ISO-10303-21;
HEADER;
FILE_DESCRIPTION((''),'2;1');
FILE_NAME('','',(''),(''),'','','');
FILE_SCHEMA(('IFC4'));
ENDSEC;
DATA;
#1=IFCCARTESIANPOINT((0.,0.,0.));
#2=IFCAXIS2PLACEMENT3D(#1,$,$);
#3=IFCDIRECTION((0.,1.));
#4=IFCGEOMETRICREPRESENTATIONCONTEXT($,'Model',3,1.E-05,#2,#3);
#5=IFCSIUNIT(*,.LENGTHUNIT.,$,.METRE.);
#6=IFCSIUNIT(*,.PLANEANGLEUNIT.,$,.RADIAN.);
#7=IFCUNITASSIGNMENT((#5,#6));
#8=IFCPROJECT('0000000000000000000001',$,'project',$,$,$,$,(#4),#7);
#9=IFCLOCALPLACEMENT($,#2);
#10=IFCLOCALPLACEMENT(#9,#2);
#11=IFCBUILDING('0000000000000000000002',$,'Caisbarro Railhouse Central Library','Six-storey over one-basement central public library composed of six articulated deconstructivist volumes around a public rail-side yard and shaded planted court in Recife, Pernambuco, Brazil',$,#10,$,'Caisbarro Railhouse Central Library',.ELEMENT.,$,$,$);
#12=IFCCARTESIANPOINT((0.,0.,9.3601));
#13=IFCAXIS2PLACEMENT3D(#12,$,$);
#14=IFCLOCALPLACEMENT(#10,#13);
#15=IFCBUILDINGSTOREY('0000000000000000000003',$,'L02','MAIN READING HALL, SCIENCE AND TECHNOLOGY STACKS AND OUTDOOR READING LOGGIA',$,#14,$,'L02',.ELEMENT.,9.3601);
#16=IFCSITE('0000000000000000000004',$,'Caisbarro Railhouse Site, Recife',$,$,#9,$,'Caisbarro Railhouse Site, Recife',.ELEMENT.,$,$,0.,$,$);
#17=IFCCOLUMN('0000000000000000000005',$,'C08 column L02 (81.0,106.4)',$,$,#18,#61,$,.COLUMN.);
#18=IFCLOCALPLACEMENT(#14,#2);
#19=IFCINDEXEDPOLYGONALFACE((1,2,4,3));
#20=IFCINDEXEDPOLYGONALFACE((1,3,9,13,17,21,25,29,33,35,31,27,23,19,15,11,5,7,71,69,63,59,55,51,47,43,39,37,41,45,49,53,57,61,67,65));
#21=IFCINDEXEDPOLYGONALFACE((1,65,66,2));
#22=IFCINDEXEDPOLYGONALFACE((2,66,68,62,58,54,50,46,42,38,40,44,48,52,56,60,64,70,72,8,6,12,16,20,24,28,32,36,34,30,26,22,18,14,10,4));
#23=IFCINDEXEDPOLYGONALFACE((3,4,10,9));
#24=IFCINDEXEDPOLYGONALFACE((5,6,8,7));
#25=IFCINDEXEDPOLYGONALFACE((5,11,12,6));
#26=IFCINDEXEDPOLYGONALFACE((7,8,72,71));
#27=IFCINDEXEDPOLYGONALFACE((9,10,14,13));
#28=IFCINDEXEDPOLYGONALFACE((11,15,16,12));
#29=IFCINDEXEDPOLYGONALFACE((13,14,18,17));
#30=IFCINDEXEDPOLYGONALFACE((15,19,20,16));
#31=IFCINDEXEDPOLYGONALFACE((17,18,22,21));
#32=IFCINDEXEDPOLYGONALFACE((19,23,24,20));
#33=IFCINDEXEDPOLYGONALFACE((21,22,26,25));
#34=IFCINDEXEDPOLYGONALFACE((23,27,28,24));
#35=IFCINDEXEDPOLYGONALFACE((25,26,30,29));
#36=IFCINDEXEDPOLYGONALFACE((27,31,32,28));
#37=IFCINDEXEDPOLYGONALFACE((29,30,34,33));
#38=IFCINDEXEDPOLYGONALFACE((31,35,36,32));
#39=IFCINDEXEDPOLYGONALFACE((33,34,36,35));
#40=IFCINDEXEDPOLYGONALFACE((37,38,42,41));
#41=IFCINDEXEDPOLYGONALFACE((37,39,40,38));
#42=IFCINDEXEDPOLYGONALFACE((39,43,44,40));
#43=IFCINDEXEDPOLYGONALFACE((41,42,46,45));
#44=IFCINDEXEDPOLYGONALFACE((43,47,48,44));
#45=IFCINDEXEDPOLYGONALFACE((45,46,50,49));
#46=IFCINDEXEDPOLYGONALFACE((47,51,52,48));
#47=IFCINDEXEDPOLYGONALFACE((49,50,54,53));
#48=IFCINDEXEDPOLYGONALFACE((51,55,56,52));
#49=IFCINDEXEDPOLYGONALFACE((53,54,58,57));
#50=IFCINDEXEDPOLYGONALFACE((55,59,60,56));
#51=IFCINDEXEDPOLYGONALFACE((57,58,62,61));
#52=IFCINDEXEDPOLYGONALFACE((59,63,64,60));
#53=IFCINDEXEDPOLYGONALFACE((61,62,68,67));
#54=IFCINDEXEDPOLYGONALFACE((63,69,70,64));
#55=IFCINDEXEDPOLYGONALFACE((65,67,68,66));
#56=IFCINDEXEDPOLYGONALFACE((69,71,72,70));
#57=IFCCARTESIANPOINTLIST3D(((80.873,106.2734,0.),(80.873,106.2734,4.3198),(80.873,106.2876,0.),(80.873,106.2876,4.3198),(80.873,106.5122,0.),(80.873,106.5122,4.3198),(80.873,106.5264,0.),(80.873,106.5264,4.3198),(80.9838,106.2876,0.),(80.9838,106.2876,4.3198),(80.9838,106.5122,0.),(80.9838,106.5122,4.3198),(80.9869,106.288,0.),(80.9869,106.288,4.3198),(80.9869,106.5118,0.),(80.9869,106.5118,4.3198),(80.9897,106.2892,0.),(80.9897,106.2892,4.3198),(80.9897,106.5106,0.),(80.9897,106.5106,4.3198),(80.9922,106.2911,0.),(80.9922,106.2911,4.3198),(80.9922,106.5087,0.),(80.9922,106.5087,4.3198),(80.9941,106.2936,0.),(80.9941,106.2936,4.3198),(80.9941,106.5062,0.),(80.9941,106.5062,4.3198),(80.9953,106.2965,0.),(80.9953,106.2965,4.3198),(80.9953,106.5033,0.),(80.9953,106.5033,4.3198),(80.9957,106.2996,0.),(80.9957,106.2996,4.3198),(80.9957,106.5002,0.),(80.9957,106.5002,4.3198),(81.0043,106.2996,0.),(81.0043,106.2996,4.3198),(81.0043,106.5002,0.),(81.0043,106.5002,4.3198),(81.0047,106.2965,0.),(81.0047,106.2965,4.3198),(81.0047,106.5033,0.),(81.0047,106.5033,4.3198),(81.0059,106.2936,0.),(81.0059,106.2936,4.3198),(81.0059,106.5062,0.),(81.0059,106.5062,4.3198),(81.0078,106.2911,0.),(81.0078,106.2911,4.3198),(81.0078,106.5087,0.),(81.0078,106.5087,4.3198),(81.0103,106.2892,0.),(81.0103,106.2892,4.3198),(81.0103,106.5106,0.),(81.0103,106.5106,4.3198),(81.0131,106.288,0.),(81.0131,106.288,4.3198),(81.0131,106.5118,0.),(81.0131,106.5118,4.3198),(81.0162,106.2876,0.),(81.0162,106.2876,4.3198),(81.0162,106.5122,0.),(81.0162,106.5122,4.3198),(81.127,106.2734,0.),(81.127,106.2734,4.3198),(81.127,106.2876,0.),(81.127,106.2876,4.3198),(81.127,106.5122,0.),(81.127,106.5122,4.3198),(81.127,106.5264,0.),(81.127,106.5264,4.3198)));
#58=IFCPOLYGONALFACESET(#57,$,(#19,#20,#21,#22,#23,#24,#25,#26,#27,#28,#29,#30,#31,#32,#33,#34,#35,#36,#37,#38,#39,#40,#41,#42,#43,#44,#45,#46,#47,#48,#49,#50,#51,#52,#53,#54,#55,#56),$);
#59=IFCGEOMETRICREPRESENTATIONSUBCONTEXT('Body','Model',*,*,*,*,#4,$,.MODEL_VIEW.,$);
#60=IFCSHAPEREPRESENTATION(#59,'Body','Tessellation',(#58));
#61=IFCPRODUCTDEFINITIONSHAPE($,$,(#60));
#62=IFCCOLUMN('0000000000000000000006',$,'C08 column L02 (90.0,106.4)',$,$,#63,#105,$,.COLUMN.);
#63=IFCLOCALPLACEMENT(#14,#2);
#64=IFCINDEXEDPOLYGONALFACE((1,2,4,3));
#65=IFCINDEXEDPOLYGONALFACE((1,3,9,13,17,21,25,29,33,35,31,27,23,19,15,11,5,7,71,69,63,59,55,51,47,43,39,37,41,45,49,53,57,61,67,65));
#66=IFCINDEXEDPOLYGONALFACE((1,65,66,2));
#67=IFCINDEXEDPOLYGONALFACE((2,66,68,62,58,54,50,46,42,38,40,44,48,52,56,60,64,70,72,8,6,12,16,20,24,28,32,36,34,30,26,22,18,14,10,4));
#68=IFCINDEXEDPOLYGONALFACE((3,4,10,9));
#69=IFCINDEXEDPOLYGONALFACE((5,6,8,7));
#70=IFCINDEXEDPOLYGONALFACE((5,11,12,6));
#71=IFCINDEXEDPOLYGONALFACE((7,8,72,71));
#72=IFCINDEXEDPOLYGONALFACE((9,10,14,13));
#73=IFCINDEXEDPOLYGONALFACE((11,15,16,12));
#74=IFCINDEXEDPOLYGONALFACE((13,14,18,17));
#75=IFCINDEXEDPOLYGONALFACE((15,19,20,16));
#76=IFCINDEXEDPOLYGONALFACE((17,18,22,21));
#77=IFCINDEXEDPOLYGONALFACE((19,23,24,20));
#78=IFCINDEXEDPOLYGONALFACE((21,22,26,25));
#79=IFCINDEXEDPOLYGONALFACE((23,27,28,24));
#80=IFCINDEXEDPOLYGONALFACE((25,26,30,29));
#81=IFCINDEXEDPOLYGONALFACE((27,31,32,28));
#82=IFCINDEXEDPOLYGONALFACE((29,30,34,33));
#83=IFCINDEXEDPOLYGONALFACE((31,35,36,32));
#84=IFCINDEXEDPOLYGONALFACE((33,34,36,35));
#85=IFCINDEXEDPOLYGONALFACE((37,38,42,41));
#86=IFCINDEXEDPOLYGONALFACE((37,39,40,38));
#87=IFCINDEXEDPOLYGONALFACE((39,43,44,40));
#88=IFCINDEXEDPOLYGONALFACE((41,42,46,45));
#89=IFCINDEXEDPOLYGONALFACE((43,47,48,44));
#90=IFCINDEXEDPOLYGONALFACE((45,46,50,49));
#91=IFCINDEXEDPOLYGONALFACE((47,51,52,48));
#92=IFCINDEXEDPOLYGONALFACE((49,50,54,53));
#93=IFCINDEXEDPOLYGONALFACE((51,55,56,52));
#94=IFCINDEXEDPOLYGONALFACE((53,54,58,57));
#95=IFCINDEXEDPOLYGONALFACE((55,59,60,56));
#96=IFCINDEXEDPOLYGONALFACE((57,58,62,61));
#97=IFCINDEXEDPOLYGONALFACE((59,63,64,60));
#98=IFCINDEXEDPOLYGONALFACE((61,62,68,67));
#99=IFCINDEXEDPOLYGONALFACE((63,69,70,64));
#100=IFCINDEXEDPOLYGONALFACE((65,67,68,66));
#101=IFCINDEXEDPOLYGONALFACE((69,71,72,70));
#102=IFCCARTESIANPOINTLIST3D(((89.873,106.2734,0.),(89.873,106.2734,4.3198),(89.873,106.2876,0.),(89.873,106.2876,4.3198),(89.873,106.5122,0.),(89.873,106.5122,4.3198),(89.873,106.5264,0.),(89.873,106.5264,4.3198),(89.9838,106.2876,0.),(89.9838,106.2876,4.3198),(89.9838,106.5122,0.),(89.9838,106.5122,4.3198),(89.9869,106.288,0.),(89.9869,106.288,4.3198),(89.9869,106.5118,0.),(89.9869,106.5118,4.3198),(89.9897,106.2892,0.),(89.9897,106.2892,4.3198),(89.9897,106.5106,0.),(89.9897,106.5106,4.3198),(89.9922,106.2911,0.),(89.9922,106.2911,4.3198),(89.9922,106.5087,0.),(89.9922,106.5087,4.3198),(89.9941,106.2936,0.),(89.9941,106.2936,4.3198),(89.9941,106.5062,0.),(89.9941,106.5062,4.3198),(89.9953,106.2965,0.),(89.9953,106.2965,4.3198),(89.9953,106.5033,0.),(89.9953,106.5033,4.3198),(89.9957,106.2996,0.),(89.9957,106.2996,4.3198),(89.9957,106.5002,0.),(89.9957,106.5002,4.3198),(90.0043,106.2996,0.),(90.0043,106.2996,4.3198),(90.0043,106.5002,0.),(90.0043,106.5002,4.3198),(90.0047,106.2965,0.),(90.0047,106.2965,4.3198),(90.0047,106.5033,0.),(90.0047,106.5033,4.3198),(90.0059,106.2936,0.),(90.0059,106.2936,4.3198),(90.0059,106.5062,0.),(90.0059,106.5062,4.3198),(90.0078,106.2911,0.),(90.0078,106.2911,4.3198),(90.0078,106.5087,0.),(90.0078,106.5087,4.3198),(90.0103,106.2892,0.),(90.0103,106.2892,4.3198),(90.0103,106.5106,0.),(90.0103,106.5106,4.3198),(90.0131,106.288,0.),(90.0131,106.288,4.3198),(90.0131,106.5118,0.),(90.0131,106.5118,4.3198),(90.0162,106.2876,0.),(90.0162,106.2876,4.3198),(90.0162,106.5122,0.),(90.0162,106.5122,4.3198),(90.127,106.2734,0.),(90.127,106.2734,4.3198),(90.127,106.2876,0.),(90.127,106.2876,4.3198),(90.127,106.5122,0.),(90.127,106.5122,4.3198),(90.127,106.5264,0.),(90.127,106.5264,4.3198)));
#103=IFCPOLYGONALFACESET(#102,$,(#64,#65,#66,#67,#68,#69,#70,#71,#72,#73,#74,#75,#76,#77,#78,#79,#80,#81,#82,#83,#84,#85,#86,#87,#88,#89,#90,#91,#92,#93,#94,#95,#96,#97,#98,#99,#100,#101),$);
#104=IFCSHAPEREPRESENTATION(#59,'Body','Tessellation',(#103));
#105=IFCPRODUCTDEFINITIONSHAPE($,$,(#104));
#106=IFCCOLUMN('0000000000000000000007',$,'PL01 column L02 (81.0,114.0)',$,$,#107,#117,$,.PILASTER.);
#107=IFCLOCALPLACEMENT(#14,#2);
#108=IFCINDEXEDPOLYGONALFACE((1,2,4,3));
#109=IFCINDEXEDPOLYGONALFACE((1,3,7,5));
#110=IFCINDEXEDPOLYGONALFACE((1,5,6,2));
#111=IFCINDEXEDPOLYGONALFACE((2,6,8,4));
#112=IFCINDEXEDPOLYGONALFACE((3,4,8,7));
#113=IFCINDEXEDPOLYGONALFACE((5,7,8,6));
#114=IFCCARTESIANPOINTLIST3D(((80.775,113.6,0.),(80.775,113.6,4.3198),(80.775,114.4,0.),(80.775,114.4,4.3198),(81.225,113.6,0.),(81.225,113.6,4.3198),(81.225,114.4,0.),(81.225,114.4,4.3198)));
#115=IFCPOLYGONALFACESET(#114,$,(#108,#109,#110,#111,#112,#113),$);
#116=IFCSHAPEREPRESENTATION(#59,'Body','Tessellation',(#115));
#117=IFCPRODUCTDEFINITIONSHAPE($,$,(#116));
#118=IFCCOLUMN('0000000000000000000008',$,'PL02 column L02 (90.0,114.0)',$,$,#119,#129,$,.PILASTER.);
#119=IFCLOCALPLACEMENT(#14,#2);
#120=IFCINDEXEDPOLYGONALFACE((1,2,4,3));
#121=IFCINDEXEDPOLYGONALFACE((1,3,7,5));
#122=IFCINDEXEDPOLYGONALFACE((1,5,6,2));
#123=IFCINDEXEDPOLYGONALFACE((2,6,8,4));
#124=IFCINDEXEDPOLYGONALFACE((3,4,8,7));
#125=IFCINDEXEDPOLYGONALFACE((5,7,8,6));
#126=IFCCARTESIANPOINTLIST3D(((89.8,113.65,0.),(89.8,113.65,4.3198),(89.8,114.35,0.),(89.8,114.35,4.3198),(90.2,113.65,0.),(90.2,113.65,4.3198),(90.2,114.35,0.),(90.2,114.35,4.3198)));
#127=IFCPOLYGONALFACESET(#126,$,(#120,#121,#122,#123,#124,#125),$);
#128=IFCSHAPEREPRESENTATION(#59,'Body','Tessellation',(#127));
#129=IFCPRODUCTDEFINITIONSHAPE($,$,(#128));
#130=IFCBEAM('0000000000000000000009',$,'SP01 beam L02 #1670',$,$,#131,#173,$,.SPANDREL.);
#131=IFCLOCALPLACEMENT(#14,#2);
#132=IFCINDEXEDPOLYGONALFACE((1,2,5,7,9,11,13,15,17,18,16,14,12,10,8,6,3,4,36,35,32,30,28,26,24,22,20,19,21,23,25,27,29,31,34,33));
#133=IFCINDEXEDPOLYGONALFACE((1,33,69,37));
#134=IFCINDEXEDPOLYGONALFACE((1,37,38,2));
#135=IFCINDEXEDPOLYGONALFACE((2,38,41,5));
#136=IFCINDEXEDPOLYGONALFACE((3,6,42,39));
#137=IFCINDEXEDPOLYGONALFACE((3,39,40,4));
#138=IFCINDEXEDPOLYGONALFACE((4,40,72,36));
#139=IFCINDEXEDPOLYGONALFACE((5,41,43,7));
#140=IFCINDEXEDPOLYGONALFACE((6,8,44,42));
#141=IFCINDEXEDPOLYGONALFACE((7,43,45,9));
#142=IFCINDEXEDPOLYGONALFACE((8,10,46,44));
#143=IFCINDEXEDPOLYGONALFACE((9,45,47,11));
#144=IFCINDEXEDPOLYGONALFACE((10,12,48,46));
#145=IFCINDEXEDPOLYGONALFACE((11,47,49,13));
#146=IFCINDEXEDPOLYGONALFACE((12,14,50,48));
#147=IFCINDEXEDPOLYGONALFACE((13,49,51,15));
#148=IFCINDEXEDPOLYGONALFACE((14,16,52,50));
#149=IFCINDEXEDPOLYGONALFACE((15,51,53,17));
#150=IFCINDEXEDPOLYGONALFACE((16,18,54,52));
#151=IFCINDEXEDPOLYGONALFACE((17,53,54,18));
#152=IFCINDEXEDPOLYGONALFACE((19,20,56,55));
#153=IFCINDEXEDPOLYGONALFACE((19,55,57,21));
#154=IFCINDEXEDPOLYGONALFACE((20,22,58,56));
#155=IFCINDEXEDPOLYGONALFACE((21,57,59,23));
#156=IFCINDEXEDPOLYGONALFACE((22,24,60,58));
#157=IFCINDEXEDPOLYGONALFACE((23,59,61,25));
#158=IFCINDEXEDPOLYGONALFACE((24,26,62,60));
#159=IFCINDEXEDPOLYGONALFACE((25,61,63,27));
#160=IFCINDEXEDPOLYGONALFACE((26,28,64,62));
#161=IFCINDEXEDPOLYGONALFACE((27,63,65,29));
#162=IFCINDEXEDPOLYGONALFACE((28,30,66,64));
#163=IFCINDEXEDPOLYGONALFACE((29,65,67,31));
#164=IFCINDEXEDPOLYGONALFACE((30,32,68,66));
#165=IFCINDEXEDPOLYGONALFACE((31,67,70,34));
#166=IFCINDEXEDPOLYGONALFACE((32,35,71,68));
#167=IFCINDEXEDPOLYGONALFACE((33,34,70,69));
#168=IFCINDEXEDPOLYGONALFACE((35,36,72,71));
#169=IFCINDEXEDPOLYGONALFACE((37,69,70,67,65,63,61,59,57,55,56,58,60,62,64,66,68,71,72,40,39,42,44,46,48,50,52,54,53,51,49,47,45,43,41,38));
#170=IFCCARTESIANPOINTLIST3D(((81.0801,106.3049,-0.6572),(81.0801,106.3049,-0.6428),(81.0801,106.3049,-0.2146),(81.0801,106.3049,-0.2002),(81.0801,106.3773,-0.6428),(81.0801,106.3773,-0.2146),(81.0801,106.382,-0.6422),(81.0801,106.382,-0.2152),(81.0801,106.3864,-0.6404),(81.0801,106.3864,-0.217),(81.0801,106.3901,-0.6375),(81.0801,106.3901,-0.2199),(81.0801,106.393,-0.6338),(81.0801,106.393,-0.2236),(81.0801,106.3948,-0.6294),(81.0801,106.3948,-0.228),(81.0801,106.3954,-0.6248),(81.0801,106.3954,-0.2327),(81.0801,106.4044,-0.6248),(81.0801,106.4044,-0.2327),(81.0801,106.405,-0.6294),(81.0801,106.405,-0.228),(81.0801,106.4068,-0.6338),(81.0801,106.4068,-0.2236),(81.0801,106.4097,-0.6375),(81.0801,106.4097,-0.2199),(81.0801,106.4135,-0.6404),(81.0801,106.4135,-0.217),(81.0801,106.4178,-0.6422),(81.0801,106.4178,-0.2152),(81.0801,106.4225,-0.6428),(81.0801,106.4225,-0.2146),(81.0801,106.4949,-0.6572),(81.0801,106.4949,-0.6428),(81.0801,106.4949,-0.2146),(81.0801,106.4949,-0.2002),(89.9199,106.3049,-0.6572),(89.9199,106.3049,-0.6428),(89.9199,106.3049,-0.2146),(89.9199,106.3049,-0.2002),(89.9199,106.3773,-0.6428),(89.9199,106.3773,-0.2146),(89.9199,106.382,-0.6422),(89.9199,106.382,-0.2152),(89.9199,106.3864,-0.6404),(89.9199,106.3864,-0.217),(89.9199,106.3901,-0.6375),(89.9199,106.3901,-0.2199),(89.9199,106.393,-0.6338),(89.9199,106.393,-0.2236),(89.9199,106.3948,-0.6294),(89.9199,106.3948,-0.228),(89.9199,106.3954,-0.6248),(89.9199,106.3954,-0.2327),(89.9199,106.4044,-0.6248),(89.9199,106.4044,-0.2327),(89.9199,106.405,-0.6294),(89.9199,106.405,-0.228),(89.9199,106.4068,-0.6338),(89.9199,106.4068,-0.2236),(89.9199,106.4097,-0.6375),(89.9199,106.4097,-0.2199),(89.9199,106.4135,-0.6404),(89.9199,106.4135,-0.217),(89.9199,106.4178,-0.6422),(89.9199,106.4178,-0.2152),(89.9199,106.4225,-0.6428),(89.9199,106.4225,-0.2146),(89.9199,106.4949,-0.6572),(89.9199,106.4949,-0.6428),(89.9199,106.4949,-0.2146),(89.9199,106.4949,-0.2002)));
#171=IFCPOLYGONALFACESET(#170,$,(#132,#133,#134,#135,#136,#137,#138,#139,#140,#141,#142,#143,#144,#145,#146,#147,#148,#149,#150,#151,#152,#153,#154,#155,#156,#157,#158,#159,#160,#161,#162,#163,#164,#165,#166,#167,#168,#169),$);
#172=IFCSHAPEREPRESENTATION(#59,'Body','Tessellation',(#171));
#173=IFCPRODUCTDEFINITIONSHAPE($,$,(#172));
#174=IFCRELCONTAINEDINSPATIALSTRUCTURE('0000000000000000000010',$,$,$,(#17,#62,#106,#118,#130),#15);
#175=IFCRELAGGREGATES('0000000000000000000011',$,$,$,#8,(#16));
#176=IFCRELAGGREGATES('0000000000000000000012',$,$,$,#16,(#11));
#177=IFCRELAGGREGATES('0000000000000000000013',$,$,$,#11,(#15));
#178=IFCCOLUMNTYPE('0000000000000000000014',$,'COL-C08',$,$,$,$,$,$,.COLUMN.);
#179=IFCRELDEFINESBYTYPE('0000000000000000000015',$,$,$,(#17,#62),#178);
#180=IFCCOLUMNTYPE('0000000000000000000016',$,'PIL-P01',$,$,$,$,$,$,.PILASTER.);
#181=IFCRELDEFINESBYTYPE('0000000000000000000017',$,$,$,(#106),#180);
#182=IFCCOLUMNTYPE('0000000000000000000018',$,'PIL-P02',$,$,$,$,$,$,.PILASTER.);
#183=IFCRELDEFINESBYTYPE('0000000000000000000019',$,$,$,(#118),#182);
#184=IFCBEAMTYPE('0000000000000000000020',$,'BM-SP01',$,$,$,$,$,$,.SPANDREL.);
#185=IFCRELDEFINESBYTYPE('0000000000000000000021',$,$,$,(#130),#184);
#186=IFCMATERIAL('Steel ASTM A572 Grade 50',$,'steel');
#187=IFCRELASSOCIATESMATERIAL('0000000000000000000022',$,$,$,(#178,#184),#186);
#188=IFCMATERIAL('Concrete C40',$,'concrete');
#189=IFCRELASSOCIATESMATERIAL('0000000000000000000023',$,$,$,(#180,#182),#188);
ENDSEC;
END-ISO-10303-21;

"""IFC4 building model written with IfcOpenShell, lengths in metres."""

from ifc_helpers import new_model, si_unit, direction, frame, origin, origin_2d, place, context, subcontext, project, spatial, rectangle, i_section, extrude, material, material_profile, profile_set, type_object, element, save


model = new_model("IFC4")

# Units and contexts
model_context = context("Model", 3, precision=1e-05, world=origin(), true_north=direction((0.0, 1.0)))
body_context = subcontext(model_context, "Body", "Model", "MODEL_VIEW")
ifc_project = project(units=[si_unit("LENGTHUNIT", "METRE"), si_unit("PLANEANGLEUNIT", "RADIAN")], contexts=[model_context])

# Site, building, storey
site_placement = place(None, origin())
site = spatial("IfcSite", under=ifc_project, at=site_placement, Name="Caisbarro Railhouse Site, Recife", LongName="Caisbarro Railhouse Site, Recife", CompositionType="ELEMENT", RefElevation=0.0)
building_placement = place(site_placement, origin())
building = spatial("IfcBuilding", under=site, at=building_placement, Name="Caisbarro Railhouse Central Library", Description="Six-storey over one-basement central public library composed of six articulated deconstructivist volumes around a public rail-side yard and shaded planted court in Recife, Pernambuco, Brazil", LongName="Caisbarro Railhouse Central Library", CompositionType="ELEMENT")
storey_placement = place(building_placement, frame((0.0, 0.0, 9.3601)))
storey = spatial("IfcBuildingStorey", under=building, at=storey_placement, Name="L02", Description="MAIN READING HALL, SCIENCE AND TECHNOLOGY STACKS AND OUTDOOR READING LOGGIA", LongName="L02", CompositionType="ELEMENT", Elevation=9.3601)

# Columns
ifc_material_1 = material(Name="Steel ASTM A572 Grade 50", Category="steel")
ifc_material_profile_1 = material_profile(ifc_material_1, i_section(OverallWidth=0.2539, OverallDepth=0.2529, WebThickness=0.0085, FlangeThickness=0.0142, FilletRadius=0.012, at=origin_2d()), Name="W250X73.0")
ifc_profile_set_1 = profile_set([ifc_material_profile_1], Name="Steel ASTM A572 Grade 50")
column_type_1 = type_object("IfcColumnType", Name="COL-C08", PredefinedType="COLUMN", material=ifc_profile_set_1)
for number, where, z_axis, x_axis, name in (
    (1, (81.0, 106.3999, 0.0), (0.0, 0.0, 1.0), (1.0, 0.0, 0.0), "C08 column L02 (81.0,106.4)"),
    (2, (90.0, 106.3999, 0.0), (0.0, 0.0, 1.0), (1.0, 0.0, 0.0), "C08 column L02 (90.0,106.4)"),
):
    element("IfcColumn", number, at=place(storey_placement, frame(where, z_axis=z_axis, x_axis=x_axis)), inside=storey, type_object=column_type_1, Name=name, PredefinedType="COLUMN", context=body_context, shape_type="SweptSolid", body=[
        extrude(i_section(OverallWidth=0.2539, OverallDepth=0.2529, WebThickness=0.0085, FlangeThickness=0.0142, FilletRadius=0.012, at=origin_2d()), origin(), (0.0, 0.0, 1.0), 4.3198),
    ])
ifc_material_2 = material(Name="Concrete C40", Category="concrete")
ifc_material_profile_2 = material_profile(ifc_material_2, rectangle(XDim=0.45, YDim=0.8, at=origin_2d()), Name="RC-PIL-450X800")
ifc_profile_set_2 = profile_set([ifc_material_profile_2], Name="Concrete C40")
column_type_2 = type_object("IfcColumnType", Name="PIL-P01", PredefinedType="PILASTER", material=ifc_profile_set_2)
column_1_placement = place(storey_placement, frame((81.0, 114.0, 0.0), z_axis=(0.0, 0.0, 1.0), x_axis=(1.0, 0.0, 0.0)))
element("IfcColumn", 3, at=column_1_placement, inside=storey, type_object=column_type_2, Name="PL01 column L02 (81.0,114.0)", PredefinedType="PILASTER", context=body_context, shape_type="SweptSolid", body=[
    extrude(rectangle(XDim=0.45, YDim=0.8, at=origin_2d()), origin(), (0.0, 0.0, 1.0), 4.3198),
])
ifc_material_profile_3 = material_profile(ifc_material_2, rectangle(XDim=0.3999, YDim=0.7, at=origin_2d()), Name="RC-PIL-400X700")
ifc_profile_set_3 = profile_set([ifc_material_profile_3], Name="Concrete C40")
column_type_3 = type_object("IfcColumnType", Name="PIL-P02", PredefinedType="PILASTER", material=ifc_profile_set_3)
column_2_placement = place(storey_placement, frame((90.0, 114.0, 0.0), z_axis=(0.0, 0.0, 1.0), x_axis=(1.0, 0.0, 0.0)))
element("IfcColumn", 4, at=column_2_placement, inside=storey, type_object=column_type_3, Name="PL02 column L02 (90.0,114.0)", PredefinedType="PILASTER", context=body_context, shape_type="SweptSolid", body=[
    extrude(rectangle(XDim=0.3999, YDim=0.7, at=origin_2d()), origin(), (0.0, 0.0, 1.0), 4.3198),
])

# Beam
ifc_material_profile_4 = material_profile(ifc_material_1, i_section(OverallWidth=0.1899, OverallDepth=0.457, WebThickness=0.009, FlangeThickness=0.0144, FilletRadius=0.0181, at=origin_2d()), Name="W460X74.0")
ifc_profile_set_4 = profile_set([ifc_material_profile_4], Name="Steel ASTM A572 Grade 50")
beam_type = type_object("IfcBeamType", Name="BM-SP01", PredefinedType="SPANDREL", material=ifc_profile_set_4)
for number, where, z_axis, x_axis, name in (
    (5, (81.0801, 106.3999, -0.4287), (1.0, 0.0, 0.0), (0.0, 1.0, 0.0), "SP01 beam L02 #1670"),
):
    element("IfcBeam", number, at=place(storey_placement, frame(where, z_axis=z_axis, x_axis=x_axis)), inside=storey, type_object=beam_type, Name=name, PredefinedType="SPANDREL", context=body_context, shape_type="SweptSolid", body=[
        extrude(i_section(OverallWidth=0.1899, OverallDepth=0.457, WebThickness=0.009, FlangeThickness=0.0144, FilletRadius=0.0181, at=origin_2d()), origin(), (0.0, 0.0, 1.0), 8.8398),
    ])

save(model, "model.ifc")
